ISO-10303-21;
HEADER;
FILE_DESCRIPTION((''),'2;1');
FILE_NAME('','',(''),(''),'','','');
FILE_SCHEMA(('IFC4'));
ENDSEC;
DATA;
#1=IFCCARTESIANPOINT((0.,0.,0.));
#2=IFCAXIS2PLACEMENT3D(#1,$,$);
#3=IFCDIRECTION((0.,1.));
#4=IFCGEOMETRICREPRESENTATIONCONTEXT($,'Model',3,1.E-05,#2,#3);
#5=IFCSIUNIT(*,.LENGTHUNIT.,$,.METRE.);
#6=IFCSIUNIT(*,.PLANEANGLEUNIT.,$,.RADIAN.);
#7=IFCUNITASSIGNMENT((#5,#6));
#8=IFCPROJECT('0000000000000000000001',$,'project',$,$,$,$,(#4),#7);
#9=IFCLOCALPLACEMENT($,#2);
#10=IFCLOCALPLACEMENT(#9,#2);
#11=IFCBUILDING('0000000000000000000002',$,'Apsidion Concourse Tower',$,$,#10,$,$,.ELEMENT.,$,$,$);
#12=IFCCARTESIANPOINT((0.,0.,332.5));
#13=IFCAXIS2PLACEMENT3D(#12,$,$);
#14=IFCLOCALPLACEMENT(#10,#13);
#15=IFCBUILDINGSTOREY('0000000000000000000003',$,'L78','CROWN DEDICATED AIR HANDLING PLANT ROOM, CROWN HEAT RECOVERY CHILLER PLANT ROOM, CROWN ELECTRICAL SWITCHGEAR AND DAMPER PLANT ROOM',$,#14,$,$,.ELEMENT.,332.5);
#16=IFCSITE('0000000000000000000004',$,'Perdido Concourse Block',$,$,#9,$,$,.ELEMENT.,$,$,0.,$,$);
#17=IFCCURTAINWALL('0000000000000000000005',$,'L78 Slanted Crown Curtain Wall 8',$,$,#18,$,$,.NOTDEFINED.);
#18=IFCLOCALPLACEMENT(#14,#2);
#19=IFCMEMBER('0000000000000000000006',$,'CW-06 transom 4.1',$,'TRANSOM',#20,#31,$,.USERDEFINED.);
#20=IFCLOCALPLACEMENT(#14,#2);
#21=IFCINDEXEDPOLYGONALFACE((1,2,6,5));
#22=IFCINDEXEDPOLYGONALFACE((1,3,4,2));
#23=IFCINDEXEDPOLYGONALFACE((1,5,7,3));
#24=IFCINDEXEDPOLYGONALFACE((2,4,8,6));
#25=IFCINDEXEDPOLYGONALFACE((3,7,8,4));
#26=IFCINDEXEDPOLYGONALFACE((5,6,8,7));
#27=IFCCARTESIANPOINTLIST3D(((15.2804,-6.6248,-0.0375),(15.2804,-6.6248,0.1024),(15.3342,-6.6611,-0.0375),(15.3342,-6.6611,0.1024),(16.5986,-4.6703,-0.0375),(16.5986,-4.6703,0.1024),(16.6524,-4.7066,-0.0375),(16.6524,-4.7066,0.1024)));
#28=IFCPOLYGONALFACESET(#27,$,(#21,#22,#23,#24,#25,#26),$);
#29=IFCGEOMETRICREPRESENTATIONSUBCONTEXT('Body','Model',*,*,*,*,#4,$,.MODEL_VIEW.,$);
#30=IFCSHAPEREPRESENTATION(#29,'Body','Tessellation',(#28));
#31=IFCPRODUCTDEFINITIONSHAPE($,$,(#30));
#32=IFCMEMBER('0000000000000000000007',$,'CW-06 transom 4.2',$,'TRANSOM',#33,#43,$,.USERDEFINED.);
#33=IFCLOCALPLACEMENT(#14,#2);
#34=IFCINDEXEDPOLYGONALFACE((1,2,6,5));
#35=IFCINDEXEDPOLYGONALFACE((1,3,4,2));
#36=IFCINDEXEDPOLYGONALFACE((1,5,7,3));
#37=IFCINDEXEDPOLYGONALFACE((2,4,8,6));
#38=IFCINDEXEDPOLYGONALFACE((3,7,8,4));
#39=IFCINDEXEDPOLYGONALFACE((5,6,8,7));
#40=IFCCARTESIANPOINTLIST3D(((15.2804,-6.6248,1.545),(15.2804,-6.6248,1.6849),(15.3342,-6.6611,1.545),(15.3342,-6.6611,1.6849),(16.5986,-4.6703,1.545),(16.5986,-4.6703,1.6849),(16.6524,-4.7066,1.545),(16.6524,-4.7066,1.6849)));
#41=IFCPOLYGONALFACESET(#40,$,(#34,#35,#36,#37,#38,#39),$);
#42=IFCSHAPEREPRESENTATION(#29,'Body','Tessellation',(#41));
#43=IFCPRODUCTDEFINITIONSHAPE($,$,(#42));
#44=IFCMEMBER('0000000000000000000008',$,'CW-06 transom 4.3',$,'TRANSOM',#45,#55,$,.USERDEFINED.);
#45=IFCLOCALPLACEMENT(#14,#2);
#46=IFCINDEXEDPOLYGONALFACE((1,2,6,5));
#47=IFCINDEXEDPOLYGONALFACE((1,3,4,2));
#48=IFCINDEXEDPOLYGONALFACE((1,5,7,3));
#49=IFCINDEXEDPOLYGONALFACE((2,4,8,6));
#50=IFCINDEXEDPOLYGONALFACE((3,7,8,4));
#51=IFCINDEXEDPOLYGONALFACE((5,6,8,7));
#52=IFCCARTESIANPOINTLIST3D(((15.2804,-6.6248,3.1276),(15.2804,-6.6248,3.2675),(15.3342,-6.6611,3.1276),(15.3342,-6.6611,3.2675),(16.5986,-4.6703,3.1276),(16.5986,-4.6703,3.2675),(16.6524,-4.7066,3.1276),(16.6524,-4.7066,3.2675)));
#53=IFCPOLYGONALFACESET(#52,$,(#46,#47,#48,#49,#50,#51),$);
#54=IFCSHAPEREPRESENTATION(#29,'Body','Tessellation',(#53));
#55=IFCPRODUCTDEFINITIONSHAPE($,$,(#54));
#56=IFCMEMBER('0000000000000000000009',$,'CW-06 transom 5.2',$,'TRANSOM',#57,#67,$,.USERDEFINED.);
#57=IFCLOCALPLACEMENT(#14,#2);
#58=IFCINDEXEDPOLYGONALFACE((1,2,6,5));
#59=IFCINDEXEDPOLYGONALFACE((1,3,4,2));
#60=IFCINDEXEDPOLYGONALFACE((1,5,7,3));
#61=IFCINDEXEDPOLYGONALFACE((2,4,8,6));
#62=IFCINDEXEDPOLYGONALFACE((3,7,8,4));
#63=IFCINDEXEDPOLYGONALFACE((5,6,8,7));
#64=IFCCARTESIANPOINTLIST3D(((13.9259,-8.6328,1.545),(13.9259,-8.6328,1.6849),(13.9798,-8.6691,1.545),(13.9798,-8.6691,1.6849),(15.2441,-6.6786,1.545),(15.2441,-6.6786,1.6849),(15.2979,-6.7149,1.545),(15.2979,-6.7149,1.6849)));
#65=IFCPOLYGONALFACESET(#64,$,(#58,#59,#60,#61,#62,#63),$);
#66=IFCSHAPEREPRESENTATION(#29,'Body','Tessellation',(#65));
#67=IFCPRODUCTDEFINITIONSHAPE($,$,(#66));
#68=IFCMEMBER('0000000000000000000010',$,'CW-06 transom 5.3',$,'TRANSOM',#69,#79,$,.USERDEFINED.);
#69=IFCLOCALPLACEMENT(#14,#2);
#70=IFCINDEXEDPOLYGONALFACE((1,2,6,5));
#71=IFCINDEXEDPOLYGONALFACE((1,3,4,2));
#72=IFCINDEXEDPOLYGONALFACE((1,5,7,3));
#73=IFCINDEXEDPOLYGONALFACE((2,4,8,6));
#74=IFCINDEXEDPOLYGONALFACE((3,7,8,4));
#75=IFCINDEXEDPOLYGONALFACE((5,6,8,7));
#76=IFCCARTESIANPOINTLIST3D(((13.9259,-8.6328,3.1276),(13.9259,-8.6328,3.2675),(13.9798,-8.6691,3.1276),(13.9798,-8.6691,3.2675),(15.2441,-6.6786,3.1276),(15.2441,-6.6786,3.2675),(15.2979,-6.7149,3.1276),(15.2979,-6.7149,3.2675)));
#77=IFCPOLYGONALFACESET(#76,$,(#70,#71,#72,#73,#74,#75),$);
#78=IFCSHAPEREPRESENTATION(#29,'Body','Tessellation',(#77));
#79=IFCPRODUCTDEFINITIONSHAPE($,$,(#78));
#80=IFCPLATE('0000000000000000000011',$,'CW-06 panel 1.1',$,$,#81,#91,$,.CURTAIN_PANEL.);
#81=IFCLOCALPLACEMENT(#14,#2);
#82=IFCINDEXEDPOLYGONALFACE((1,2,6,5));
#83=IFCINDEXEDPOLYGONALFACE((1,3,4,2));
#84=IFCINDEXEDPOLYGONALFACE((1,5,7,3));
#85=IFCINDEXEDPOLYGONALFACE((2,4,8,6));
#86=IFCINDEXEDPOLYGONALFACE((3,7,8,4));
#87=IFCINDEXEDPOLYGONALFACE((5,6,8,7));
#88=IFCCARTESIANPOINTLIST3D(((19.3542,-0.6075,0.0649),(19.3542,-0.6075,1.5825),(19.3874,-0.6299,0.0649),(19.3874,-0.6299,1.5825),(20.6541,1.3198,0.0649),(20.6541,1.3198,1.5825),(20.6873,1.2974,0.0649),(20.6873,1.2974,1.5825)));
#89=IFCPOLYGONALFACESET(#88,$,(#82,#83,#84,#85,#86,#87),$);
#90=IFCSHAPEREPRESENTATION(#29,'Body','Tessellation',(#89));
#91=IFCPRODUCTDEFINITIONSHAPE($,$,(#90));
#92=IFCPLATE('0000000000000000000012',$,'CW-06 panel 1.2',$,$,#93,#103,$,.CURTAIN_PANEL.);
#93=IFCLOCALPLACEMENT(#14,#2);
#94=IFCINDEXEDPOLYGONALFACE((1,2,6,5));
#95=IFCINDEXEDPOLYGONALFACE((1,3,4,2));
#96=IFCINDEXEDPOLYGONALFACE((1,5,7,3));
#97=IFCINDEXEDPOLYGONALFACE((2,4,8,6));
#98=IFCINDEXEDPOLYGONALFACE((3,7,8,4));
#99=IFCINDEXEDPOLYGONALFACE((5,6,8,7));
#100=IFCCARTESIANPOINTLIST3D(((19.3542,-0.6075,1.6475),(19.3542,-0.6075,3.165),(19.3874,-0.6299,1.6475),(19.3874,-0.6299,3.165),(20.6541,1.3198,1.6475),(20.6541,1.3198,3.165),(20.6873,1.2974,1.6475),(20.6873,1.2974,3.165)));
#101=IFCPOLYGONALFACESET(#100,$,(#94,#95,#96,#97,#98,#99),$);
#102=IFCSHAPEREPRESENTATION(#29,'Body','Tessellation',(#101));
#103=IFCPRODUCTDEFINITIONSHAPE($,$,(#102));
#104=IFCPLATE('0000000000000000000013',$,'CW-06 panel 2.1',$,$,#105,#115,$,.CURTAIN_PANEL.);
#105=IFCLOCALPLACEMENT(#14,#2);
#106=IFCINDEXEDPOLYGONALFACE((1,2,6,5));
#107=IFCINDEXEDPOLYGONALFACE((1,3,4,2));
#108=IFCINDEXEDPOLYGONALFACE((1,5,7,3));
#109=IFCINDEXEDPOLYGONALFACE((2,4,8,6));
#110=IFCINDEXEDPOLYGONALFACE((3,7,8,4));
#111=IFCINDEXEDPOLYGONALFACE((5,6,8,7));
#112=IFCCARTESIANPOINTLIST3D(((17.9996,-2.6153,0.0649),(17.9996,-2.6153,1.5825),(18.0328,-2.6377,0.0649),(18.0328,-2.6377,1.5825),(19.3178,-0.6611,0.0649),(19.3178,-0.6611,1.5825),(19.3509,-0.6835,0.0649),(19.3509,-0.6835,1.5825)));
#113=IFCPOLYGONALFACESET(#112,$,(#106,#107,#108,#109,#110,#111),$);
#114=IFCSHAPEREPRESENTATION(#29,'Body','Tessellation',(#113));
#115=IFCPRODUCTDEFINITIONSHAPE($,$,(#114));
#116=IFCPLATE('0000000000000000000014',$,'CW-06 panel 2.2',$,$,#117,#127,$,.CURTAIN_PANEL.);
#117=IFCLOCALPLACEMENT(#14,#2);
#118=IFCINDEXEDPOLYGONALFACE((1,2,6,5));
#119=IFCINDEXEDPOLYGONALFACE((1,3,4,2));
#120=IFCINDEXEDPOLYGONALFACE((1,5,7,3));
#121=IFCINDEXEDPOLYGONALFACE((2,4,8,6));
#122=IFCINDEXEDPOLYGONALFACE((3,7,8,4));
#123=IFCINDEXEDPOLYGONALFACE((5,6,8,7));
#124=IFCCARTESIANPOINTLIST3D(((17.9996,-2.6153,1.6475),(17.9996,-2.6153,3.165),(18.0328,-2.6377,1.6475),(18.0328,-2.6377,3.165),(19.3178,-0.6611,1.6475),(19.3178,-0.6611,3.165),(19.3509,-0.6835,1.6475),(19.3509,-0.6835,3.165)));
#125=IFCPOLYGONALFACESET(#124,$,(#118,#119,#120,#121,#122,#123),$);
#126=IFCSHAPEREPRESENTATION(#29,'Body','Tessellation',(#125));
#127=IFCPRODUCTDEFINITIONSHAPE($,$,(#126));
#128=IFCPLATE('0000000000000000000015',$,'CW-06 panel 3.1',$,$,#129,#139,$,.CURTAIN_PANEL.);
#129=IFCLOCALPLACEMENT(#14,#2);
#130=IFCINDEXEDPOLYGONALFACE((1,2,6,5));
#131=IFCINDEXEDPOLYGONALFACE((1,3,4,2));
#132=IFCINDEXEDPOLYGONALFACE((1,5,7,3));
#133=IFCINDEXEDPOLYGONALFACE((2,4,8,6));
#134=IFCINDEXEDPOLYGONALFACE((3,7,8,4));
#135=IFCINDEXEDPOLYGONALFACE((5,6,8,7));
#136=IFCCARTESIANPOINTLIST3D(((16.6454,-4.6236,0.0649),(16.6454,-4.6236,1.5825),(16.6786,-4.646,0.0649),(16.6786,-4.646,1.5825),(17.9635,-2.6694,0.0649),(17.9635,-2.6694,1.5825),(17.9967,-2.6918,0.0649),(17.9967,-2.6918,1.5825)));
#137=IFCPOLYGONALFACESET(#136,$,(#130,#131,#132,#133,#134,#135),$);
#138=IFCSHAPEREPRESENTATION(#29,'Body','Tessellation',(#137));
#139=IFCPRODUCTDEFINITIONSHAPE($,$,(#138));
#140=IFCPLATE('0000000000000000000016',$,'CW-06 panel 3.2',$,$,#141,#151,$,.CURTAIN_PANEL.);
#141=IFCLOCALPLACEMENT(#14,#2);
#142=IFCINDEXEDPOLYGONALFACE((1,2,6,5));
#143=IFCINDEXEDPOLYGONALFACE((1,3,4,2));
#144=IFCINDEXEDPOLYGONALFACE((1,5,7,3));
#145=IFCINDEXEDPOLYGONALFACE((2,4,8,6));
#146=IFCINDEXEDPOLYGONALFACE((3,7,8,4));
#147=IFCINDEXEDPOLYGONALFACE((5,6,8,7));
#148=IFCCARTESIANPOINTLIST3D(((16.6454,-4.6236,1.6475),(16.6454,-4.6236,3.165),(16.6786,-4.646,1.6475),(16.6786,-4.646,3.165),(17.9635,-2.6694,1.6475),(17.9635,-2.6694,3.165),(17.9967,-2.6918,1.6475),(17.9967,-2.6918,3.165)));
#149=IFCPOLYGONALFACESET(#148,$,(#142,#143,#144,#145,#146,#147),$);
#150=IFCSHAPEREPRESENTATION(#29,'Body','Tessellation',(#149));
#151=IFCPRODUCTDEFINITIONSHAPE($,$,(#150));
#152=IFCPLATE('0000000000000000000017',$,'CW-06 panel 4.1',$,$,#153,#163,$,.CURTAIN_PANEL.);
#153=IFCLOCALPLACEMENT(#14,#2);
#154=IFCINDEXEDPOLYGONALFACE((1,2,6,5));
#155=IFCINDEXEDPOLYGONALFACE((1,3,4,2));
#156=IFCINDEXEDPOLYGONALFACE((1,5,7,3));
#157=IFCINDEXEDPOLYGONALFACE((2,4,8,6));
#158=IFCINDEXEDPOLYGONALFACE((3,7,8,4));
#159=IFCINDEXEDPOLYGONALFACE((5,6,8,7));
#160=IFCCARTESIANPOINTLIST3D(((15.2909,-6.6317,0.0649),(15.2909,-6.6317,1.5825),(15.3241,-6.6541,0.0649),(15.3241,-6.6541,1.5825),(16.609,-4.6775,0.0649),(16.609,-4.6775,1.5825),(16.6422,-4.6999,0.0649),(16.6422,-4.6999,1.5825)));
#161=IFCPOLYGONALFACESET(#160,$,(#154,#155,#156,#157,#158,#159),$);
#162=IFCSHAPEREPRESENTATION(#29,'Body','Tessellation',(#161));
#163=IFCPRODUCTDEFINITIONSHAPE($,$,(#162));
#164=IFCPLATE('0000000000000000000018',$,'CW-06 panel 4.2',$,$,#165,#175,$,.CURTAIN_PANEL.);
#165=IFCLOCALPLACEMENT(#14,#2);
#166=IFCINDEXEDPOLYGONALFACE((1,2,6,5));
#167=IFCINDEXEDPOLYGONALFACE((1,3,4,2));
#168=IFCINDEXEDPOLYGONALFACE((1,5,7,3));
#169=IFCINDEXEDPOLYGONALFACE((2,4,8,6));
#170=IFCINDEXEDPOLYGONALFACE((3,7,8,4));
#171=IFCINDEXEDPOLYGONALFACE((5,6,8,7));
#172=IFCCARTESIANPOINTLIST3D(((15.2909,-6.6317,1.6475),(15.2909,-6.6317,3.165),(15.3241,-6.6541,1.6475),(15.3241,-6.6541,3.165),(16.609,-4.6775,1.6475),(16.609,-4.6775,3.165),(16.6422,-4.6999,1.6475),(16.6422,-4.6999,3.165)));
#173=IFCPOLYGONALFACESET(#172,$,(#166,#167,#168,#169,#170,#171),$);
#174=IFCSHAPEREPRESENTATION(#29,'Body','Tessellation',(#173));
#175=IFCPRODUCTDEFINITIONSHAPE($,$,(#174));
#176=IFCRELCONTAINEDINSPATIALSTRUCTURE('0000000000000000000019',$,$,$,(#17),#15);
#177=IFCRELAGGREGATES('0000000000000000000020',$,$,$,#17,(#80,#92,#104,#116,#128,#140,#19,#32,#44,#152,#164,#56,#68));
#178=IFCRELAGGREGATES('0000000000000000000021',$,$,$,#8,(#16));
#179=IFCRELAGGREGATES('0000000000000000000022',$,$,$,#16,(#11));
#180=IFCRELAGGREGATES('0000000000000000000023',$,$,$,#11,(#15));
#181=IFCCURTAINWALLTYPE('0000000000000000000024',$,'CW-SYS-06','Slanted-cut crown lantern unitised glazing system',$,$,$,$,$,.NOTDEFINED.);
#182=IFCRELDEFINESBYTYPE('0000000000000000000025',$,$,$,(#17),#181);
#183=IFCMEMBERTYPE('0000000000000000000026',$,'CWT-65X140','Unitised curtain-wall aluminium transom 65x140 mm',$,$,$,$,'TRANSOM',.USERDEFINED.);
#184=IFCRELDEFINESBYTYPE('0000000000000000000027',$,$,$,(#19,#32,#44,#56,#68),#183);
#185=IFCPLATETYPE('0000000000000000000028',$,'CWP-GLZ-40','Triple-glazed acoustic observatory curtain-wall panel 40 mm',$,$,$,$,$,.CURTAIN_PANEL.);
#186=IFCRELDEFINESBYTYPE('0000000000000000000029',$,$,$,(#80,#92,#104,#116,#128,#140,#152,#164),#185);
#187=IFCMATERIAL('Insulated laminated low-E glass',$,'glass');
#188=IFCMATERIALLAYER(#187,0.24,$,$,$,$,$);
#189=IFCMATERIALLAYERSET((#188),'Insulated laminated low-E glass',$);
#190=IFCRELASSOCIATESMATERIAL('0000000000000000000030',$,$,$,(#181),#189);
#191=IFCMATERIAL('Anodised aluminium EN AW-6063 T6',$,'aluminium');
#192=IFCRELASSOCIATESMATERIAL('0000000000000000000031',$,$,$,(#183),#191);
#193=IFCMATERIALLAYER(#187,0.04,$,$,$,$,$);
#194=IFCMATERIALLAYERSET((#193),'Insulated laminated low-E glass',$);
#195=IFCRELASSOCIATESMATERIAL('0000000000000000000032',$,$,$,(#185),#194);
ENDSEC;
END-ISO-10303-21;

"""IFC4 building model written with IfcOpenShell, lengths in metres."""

from ifc_helpers import new_model, si_unit, direction, frame, origin, origin_2d, place, context, subcontext, project, spatial, rectangle, extrude, material, layer, layer_set, material_profile, profile_set, type_object, element, aggregate, save


model = new_model("IFC4")

# Units and contexts
model_context = context("Model", 3, precision=1e-05, world=origin(), true_north=direction((0.0, 1.0)))
body_context = subcontext(model_context, "Body", "Model", "MODEL_VIEW")
ifc_project = project(units=[si_unit("LENGTHUNIT", "METRE"), si_unit("PLANEANGLEUNIT", "RADIAN")], contexts=[model_context])

# Site, building, storey
site_placement = place(None, origin())
site = spatial("IfcSite", under=ifc_project, at=site_placement, Name="Perdido Concourse Block", CompositionType="ELEMENT", RefElevation=0.0)
building_placement = place(site_placement, origin())
building = spatial("IfcBuilding", under=site, at=building_placement, Name="Apsidion Concourse Tower", CompositionType="ELEMENT")
storey_placement = place(building_placement, frame((0.0, 0.0, 332.5)))
storey = spatial("IfcBuildingStorey", under=building, at=storey_placement, Name="L78", Description="CROWN DEDICATED AIR HANDLING PLANT ROOM, CROWN HEAT RECOVERY CHILLER PLANT ROOM, CROWN ELECTRICAL SWITCHGEAR AND DAMPER PLANT ROOM", CompositionType="ELEMENT", Elevation=332.5)

# Curtain wall, members, plates
ifc_material_1 = material(Name="Insulated laminated low-E glass", Category="glass")
ifc_layer_1 = layer(ifc_material_1, 0.24)
ifc_layer_set_1 = layer_set([ifc_layer_1], Name="Insulated laminated low-E glass")
curtain_wall_type = type_object("IfcCurtainWallType", Name="CW-SYS-06", Description="Slanted-cut crown lantern unitised glazing system", PredefinedType="NOTDEFINED", material=ifc_layer_set_1)
curtain_wall_placement = place(storey_placement, origin())
curtain_wall = element("IfcCurtainWall", 1, at=curtain_wall_placement, inside=storey, type_object=curtain_wall_type, Name="L78 Slanted Crown Curtain Wall 8", PredefinedType="NOTDEFINED")
ifc_material_2 = material(Name="Anodised aluminium EN AW-6063 T6", Category="aluminium")
ifc_material_profile_1 = material_profile(ifc_material_2, rectangle(XDim=0.0649, YDim=0.1399, at=origin_2d()), Name="ALU TRANSOM 65x140")
ifc_profile_set_1 = profile_set([ifc_material_profile_1], Name="Anodised aluminium EN AW-6063 T6")
member_type_1 = type_object("IfcMemberType", Name="CWT-65X140", Description="Unitised curtain-wall aluminium transom 65x140 mm", ElementType="TRANSOM", PredefinedType="USERDEFINED", material=ifc_profile_set_1)
member_1_placement = place(storey_placement, frame((16.6255, -4.6885, 0.0325), z_axis=(-0.559162, -0.829059, 0.0), x_axis=(0.829059, -0.559162, 0.0)))
member_1 = element("IfcMember", 2, at=member_1_placement, type_object=member_type_1, Name="CW-06 transom 4.1", ObjectType="TRANSOM", PredefinedType="USERDEFINED", context=body_context, shape_type="SweptSolid", body=[
    extrude(rectangle(XDim=0.0649, YDim=0.1399, at=origin_2d()), origin(), (0.0, 0.0, 1.0), 2.3574),
])
member_2_placement = place(storey_placement, frame((16.6255, -4.6885, 1.615), z_axis=(-0.559162, -0.829059, 0.0), x_axis=(0.829059, -0.559162, 0.0)))
member_2 = element("IfcMember", 3, at=member_2_placement, type_object=member_type_1, Name="CW-06 transom 4.2", ObjectType="TRANSOM", PredefinedType="USERDEFINED", context=body_context, shape_type="SweptSolid", body=[
    extrude(rectangle(XDim=0.0649, YDim=0.1399, at=origin_2d()), origin(), (0.0, 0.0, 1.0), 2.3574),
])
member_3_placement = place(storey_placement, frame((16.6255, -4.6885, 3.1975), z_axis=(-0.559162, -0.829059, 0.0), x_axis=(0.829059, -0.559162, 0.0)))
member_3 = element("IfcMember", 4, at=member_3_placement, type_object=member_type_1, Name="CW-06 transom 4.3", ObjectType="TRANSOM", PredefinedType="USERDEFINED", context=body_context, shape_type="SweptSolid", body=[
    extrude(rectangle(XDim=0.0649, YDim=0.1399, at=origin_2d()), origin(), (0.0, 0.0, 1.0), 2.3574),
])
member_4_placement = place(storey_placement, frame((15.271, -6.6968, 1.615), z_axis=(-0.55921, -0.829026, 0.0), x_axis=(0.829026, -0.55921, 0.0)))
member_4 = element("IfcMember", 5, at=member_4_placement, type_object=member_type_1, Name="CW-06 transom 5.2", ObjectType="TRANSOM", PredefinedType="USERDEFINED", context=body_context, shape_type="SweptSolid", body=[
    extrude(rectangle(XDim=0.0649, YDim=0.1399, at=origin_2d()), origin(), (0.0, 0.0, 1.0), 2.3572),
])
member_5_placement = place(storey_placement, frame((15.271, -6.6968, 3.1975), z_axis=(-0.55921, -0.829026, 0.0), x_axis=(0.829026, -0.55921, 0.0)))
member_5 = element("IfcMember", 6, at=member_5_placement, type_object=member_type_1, Name="CW-06 transom 5.3", ObjectType="TRANSOM", PredefinedType="USERDEFINED", context=body_context, shape_type="SweptSolid", body=[
    extrude(rectangle(XDim=0.0649, YDim=0.1399, at=origin_2d()), origin(), (0.0, 0.0, 1.0), 2.3572),
])
ifc_layer_2 = layer(ifc_material_1, 0.04)
ifc_layer_set_2 = layer_set([ifc_layer_2], Name="Insulated laminated low-E glass")
plate_type = type_object("IfcPlateType", Name="CWP-GLZ-40", Description="Triple-glazed acoustic observatory curtain-wall panel 40 mm", PredefinedType="CURTAIN_PANEL", material=ifc_layer_set_2)
plate_1_placement = place(storey_placement, frame((20.0208, 0.345, 0.0649), z_axis=(0.0, 0.0, 1.0), x_axis=(-0.559192, -0.829038, 0.0)))
plate_1 = element("IfcPlate", 7, at=plate_1_placement, type_object=plate_type, Name="CW-06 panel 1.1", PredefinedType="CURTAIN_PANEL", context=body_context, shape_type="SweptSolid", body=[
    extrude(rectangle(XDim=2.3247, YDim=0.04, at=origin_2d()), origin(), (0.0, 0.0, 1.0), 1.5176),
])
plate_2_placement = place(storey_placement, frame((20.0208, 0.345, 1.6475), z_axis=(0.0, 0.0, 1.0), x_axis=(-0.559192, -0.829038, 0.0)))
plate_2 = element("IfcPlate", 8, at=plate_2_placement, type_object=plate_type, Name="CW-06 panel 1.2", PredefinedType="CURTAIN_PANEL", context=body_context, shape_type="SweptSolid", body=[
    extrude(rectangle(XDim=2.3247, YDim=0.04, at=origin_2d()), origin(), (0.0, 0.0, 1.0), 1.5176),
])
plate_3_placement = place(storey_placement, frame((18.6753, -1.6494, 0.0649), z_axis=(0.0, 0.0, 1.0), x_axis=(-0.559192, -0.829038, 0.0)))
plate_3 = element("IfcPlate", 9, at=plate_3_placement, type_object=plate_type, Name="CW-06 panel 2.1", PredefinedType="CURTAIN_PANEL", context=body_context, shape_type="SweptSolid", body=[
    extrude(rectangle(XDim=2.3572, YDim=0.04, at=origin_2d()), origin(), (0.0, 0.0, 1.0), 1.5176),
])
plate_4_placement = place(storey_placement, frame((18.6753, -1.6494, 1.6475), z_axis=(0.0, 0.0, 1.0), x_axis=(-0.559192, -0.829038, 0.0)))
plate_4 = element("IfcPlate", 10, at=plate_4_placement, type_object=plate_type, Name="CW-06 panel 2.2", PredefinedType="CURTAIN_PANEL", context=body_context, shape_type="SweptSolid", body=[
    extrude(rectangle(XDim=2.3572, YDim=0.04, at=origin_2d()), origin(), (0.0, 0.0, 1.0), 1.5176),
])
plate_5_placement = place(storey_placement, frame((17.321, -3.6577, 0.0649), z_axis=(0.0, 0.0, 1.0), x_axis=(-0.559192, -0.829038, 0.0)))
plate_5 = element("IfcPlate", 11, at=plate_5_placement, type_object=plate_type, Name="CW-06 panel 3.1", PredefinedType="CURTAIN_PANEL", context=body_context, shape_type="SweptSolid", body=[
    extrude(rectangle(XDim=2.3572, YDim=0.04, at=origin_2d()), origin(), (0.0, 0.0, 1.0), 1.5176),
])
plate_6_placement = place(storey_placement, frame((17.321, -3.6577, 1.6475), z_axis=(0.0, 0.0, 1.0), x_axis=(-0.559192, -0.829038, 0.0)))
plate_6 = element("IfcPlate", 12, at=plate_6_placement, type_object=plate_type, Name="CW-06 panel 3.2", PredefinedType="CURTAIN_PANEL", context=body_context, shape_type="SweptSolid", body=[
    extrude(rectangle(XDim=2.3572, YDim=0.04, at=origin_2d()), origin(), (0.0, 0.0, 1.0), 1.5176),
])
plate_7_placement = place(storey_placement, frame((15.9666, -5.6658, 0.0649), z_axis=(0.0, 0.0, 1.0), x_axis=(-0.559192, -0.829038, 0.0)))
plate_7 = element("IfcPlate", 13, at=plate_7_placement, type_object=plate_type, Name="CW-06 panel 4.1", PredefinedType="CURTAIN_PANEL", context=body_context, shape_type="SweptSolid", body=[
    extrude(rectangle(XDim=2.3572, YDim=0.04, at=origin_2d()), origin(), (0.0, 0.0, 1.0), 1.5176),
])
plate_8_placement = place(storey_placement, frame((15.9666, -5.6658, 1.6475), z_axis=(0.0, 0.0, 1.0), x_axis=(-0.559192, -0.829038, 0.0)))
plate_8 = element("IfcPlate", 14, at=plate_8_placement, type_object=plate_type, Name="CW-06 panel 4.2", PredefinedType="CURTAIN_PANEL", context=body_context, shape_type="SweptSolid", body=[
    extrude(rectangle(XDim=2.3572, YDim=0.04, at=origin_2d()), origin(), (0.0, 0.0, 1.0), 1.5176),
])
aggregate(curtain_wall, [plate_1, plate_2, plate_3, plate_4, plate_5, plate_6, member_1, member_2, member_3, plate_7, plate_8, member_4, member_5])

save(model, "model.ifc")
